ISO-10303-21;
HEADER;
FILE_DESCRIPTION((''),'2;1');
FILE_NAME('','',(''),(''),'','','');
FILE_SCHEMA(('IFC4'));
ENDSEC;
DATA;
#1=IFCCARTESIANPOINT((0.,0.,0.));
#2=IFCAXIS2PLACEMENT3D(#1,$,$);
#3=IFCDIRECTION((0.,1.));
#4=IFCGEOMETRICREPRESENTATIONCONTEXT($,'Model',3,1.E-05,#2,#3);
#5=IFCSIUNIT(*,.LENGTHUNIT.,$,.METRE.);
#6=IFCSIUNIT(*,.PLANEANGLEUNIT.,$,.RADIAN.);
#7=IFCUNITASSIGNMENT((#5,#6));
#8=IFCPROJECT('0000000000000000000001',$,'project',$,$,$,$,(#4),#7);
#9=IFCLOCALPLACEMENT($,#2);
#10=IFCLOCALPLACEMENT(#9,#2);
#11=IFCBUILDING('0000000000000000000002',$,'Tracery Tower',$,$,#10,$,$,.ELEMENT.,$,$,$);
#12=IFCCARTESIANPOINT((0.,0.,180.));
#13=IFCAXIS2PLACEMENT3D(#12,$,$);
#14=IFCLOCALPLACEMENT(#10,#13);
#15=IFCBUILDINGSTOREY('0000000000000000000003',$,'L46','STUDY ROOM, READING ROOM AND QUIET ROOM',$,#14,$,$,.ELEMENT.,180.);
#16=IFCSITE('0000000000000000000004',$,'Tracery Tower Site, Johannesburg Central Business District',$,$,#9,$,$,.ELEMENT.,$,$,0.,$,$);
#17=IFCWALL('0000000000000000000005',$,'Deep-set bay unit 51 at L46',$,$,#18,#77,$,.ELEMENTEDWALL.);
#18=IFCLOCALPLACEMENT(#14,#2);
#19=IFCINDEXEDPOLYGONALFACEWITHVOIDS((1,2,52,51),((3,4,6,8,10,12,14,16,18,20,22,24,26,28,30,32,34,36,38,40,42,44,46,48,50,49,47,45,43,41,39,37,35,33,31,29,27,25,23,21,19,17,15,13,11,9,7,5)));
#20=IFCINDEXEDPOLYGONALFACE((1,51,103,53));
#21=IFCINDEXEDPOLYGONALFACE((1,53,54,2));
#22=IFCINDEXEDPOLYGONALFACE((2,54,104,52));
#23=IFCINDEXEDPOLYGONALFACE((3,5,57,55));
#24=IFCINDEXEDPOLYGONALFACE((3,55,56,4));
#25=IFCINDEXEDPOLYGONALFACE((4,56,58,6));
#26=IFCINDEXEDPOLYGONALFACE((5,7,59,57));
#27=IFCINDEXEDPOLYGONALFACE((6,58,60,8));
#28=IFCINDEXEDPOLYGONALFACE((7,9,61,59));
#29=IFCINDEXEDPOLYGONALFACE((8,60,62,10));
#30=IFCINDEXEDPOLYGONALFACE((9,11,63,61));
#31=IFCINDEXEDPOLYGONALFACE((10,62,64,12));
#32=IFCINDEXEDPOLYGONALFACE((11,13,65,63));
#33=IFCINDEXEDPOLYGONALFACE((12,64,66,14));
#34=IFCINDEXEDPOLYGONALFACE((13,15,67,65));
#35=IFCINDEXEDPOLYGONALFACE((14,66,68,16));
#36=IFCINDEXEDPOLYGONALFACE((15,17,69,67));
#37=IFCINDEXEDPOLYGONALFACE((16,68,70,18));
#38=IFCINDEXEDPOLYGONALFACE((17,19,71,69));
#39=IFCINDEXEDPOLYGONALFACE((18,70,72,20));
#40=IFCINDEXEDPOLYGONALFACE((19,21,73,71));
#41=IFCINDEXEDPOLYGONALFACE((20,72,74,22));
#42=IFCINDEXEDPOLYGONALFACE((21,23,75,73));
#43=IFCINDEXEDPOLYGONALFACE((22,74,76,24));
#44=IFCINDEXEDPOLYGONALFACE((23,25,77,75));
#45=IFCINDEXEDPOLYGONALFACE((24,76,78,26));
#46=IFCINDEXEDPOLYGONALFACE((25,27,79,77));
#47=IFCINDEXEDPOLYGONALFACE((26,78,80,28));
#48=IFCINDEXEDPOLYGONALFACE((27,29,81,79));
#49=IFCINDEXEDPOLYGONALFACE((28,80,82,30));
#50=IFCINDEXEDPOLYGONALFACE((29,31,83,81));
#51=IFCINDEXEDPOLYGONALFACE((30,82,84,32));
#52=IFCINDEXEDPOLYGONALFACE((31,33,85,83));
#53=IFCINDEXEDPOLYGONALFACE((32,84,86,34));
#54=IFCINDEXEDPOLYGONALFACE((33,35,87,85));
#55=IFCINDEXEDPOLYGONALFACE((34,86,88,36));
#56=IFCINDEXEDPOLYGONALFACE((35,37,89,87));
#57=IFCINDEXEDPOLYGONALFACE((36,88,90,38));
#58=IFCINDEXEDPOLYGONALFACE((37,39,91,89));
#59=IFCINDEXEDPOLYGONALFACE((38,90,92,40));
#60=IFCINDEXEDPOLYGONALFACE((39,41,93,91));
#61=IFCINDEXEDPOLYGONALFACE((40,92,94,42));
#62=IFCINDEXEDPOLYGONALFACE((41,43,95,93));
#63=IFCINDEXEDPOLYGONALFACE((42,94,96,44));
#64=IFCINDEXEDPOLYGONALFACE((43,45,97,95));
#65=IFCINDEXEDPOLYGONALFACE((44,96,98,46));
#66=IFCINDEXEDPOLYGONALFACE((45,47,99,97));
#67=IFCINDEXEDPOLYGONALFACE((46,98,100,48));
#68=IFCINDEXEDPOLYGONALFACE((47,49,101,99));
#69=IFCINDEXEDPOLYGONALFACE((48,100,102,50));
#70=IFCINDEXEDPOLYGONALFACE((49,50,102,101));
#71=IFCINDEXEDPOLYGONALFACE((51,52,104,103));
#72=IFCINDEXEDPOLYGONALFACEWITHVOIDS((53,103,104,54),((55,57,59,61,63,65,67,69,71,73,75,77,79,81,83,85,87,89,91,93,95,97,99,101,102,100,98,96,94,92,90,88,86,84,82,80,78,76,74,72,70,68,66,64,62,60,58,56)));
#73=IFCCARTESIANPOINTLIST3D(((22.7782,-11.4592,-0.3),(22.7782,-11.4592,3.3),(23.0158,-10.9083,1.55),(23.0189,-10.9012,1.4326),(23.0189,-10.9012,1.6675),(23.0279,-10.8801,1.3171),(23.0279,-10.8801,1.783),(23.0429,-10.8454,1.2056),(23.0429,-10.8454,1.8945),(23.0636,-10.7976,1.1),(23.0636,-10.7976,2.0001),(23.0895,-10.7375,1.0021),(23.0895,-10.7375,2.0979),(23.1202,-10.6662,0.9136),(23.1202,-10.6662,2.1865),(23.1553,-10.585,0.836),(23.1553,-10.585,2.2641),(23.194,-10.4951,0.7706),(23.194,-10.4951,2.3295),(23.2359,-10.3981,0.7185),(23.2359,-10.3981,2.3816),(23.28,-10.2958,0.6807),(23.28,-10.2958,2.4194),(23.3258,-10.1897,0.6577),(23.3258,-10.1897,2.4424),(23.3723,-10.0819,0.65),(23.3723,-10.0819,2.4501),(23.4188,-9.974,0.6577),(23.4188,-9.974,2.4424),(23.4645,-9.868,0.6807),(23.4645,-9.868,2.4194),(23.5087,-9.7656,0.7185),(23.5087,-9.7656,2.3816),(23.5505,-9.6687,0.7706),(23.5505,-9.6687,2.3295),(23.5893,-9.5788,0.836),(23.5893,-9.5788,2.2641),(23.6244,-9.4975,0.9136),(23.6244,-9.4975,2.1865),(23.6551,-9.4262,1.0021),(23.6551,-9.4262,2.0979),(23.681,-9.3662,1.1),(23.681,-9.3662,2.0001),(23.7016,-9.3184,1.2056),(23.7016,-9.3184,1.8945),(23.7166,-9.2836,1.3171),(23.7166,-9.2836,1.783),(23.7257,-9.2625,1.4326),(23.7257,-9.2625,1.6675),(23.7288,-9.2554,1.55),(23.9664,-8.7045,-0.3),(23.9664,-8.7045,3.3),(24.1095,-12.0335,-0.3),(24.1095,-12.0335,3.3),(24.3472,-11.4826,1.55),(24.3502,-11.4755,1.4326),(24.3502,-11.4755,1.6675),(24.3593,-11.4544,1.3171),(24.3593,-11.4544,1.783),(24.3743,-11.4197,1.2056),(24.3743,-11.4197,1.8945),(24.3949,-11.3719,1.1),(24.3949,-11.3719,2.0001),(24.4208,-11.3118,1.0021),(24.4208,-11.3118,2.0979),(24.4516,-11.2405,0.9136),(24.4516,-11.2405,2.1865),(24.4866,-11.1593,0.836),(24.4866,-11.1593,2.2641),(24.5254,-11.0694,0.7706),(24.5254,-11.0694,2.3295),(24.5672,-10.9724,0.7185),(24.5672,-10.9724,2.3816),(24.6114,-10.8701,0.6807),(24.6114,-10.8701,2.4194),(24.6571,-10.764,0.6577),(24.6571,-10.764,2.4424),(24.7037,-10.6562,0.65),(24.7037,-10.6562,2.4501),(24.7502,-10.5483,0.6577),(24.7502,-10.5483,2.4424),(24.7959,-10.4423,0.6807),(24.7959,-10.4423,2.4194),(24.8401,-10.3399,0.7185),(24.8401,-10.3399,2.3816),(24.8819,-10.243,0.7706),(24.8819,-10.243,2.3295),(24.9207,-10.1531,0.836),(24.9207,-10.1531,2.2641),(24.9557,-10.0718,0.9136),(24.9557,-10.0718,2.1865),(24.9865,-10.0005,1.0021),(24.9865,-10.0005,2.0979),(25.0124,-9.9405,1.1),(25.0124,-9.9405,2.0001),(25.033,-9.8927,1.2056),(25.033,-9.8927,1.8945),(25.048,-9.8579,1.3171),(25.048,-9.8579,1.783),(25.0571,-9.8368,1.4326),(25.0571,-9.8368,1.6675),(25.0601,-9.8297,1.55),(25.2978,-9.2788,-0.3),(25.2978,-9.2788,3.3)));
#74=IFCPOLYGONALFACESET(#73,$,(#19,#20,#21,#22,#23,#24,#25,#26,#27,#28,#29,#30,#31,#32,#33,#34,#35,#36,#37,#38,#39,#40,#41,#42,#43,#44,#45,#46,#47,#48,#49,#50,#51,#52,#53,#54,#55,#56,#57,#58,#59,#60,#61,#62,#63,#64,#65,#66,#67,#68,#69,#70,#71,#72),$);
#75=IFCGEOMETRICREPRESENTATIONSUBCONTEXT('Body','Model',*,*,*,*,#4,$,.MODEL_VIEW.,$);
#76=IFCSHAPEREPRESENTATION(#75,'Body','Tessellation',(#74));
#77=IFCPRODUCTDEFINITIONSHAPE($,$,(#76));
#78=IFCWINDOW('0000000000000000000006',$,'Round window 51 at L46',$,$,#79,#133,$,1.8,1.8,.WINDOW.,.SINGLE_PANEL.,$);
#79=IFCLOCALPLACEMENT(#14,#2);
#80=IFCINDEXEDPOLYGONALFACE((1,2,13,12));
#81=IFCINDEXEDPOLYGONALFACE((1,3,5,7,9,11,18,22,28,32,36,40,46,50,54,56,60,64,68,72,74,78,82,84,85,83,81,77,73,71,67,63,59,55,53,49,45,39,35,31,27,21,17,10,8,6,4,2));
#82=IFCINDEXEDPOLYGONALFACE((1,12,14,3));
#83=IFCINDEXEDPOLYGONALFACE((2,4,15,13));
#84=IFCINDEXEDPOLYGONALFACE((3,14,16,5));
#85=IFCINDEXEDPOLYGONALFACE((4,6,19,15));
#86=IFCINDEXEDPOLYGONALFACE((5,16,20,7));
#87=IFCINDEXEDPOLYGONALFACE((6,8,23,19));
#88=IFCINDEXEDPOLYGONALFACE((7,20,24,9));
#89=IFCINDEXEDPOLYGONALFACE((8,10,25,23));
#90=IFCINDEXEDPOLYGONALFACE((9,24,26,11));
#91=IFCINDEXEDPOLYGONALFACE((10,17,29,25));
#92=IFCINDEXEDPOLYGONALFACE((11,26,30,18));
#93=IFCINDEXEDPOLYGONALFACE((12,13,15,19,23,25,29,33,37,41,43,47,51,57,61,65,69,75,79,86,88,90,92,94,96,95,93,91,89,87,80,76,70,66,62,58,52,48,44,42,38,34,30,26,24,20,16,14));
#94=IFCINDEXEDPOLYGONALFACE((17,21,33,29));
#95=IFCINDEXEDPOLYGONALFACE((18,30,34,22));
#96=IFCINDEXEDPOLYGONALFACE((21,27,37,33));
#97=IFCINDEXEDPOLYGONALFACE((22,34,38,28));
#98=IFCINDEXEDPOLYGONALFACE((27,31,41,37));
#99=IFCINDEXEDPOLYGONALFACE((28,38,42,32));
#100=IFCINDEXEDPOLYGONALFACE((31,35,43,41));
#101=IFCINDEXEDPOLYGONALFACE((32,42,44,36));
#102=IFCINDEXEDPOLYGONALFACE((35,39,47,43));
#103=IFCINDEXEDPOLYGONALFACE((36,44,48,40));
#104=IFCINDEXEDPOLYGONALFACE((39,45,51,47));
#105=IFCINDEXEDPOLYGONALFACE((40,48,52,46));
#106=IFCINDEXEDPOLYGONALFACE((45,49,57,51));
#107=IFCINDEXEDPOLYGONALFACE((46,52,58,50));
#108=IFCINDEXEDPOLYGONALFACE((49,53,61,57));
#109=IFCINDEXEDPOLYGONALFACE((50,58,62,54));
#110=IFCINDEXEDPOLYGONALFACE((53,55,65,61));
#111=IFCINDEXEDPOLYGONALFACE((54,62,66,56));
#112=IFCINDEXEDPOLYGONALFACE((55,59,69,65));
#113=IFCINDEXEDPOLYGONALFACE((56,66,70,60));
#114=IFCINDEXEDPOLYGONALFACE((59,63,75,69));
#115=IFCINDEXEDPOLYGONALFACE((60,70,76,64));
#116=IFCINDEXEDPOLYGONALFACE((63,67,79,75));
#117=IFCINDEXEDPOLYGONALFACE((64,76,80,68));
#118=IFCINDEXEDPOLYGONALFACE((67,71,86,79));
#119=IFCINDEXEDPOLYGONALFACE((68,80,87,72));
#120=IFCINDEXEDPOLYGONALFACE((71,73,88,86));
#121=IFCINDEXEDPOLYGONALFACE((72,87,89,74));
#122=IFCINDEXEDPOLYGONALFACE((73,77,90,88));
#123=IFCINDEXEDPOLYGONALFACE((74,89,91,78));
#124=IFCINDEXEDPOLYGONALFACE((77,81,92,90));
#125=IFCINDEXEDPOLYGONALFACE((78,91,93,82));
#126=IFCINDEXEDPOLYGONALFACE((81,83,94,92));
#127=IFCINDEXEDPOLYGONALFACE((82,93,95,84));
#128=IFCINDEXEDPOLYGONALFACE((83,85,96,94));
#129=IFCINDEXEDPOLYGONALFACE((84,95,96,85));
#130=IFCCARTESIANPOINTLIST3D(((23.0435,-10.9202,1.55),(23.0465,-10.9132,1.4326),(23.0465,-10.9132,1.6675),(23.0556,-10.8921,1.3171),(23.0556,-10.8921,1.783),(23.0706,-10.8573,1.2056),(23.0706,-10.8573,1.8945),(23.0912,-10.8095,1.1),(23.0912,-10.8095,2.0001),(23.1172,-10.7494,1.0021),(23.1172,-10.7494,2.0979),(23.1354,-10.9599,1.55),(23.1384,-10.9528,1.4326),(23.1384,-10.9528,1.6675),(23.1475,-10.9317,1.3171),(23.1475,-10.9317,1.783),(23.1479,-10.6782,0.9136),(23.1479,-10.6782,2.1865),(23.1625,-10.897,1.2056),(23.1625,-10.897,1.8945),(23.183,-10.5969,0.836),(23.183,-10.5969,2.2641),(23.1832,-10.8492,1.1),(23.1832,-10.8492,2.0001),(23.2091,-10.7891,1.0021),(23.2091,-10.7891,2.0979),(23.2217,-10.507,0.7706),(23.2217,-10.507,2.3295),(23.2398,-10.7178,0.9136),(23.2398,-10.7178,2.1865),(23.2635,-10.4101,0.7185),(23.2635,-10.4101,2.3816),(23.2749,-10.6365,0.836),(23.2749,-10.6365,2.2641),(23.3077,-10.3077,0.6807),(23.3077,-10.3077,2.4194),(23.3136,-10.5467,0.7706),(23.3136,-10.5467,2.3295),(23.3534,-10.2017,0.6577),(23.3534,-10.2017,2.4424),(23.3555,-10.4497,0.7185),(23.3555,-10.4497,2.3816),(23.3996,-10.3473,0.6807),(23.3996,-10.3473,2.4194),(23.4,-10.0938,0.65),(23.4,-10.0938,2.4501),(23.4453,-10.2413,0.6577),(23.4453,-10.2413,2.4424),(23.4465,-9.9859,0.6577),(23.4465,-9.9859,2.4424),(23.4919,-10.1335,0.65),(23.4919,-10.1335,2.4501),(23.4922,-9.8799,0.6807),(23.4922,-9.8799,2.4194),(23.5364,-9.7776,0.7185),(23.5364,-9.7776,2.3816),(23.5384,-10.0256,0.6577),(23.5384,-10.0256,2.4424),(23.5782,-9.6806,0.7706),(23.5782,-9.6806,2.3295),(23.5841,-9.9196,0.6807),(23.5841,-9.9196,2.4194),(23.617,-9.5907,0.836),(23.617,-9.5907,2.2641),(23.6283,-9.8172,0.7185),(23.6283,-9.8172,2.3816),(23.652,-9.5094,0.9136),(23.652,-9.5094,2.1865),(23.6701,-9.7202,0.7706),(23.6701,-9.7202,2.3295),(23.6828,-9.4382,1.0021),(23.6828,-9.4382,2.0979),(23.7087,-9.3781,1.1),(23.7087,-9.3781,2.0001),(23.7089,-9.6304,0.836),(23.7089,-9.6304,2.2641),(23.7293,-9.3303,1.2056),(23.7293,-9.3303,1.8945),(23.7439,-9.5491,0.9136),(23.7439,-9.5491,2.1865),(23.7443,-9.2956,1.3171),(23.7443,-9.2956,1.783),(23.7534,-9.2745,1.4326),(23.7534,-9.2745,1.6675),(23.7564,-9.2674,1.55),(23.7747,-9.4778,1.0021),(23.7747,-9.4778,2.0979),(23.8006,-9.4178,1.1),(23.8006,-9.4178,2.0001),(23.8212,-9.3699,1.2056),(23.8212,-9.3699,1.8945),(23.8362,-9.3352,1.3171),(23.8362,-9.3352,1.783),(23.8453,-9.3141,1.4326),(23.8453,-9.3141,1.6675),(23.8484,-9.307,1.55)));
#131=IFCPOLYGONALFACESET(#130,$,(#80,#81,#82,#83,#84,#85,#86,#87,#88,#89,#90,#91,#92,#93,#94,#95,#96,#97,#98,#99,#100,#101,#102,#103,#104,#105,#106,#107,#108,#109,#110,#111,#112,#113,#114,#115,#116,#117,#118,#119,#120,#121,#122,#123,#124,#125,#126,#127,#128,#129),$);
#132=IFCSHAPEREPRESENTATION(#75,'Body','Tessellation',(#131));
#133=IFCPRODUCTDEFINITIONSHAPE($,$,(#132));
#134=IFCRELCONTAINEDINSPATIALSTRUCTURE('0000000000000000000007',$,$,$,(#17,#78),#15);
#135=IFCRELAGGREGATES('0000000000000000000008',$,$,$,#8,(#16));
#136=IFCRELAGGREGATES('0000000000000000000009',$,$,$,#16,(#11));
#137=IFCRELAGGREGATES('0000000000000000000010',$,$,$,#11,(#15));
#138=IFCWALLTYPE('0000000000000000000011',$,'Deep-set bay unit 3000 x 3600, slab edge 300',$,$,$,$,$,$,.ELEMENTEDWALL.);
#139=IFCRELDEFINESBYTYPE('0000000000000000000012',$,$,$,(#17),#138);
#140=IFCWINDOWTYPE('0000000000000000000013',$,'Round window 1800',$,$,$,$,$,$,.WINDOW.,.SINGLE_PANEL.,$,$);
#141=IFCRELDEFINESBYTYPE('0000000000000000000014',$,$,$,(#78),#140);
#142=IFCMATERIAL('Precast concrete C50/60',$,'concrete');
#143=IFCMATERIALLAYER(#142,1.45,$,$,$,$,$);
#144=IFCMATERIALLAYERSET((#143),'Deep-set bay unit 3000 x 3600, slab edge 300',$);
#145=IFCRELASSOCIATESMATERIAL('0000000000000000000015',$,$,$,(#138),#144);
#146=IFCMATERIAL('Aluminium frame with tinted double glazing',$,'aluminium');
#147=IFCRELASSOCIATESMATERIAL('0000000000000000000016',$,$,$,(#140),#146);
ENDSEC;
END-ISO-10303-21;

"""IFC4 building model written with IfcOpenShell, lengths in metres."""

from ifc_helpers import new_model, si_unit, direction, frame, frame_2d, origin, origin_2d, place, context, subcontext, project, spatial, rectangle, circle, extrude, material, layer, layer_set, type_object, element, fill, save


model = new_model("IFC4")

# Units and contexts
model_context = context("Model", 3, precision=1e-05, world=origin(), true_north=direction((0.0, 1.0)))
body_context = subcontext(model_context, "Body", "Model", "MODEL_VIEW")
ifc_project = project(units=[si_unit("LENGTHUNIT", "METRE"), si_unit("PLANEANGLEUNIT", "RADIAN")], contexts=[model_context])

# Site, building, storey
site_placement = place(None, origin())
site = spatial("IfcSite", under=ifc_project, at=site_placement, Name="Tracery Tower Site, Johannesburg Central Business District", CompositionType="ELEMENT", RefElevation=0.0)
building_placement = place(site_placement, origin())
building = spatial("IfcBuilding", under=site, at=building_placement, Name="Tracery Tower", CompositionType="ELEMENT")
storey_placement = place(building_placement, frame((0.0, 0.0, 180.0)))
storey = spatial("IfcBuildingStorey", under=building, at=storey_placement, Name="L46", Description="STUDY ROOM, READING ROOM AND QUIET ROOM", CompositionType="ELEMENT", Elevation=180.0)

# Wall, opening, window
ifc_material_1 = material(Name="Precast concrete C50/60", Category="concrete")
ifc_layer_1 = layer(ifc_material_1, 1.45)
ifc_layer_set_1 = layer_set([ifc_layer_1], Name="Deep-set bay unit 3000 x 3600, slab edge 300")
wall_type_1 = type_object("IfcWallType", Name="Deep-set bay unit 3000 x 3600, slab edge 300", PredefinedType="ELEMENTEDWALL", material=ifc_layer_set_1)
wall_1_placement = place(storey_placement, frame((23.4438, -11.7463, -0.3), z_axis=(0.0, 0.0, 1.0), x_axis=(0.396079, 0.918216, 0.0)))
wall_1 = element("IfcWall", 1, at=wall_1_placement, inside=storey, type_object=wall_type_1, Name="Deep-set bay unit 51 at L46", PredefinedType="ELEMENTEDWALL", context=body_context, shape_type="SweptSolid", body=[
    extrude(rectangle(XDim=3.0, YDim=1.45, at=frame_2d((1.5, 0.0))), origin(), (0.0, 0.0, 1.0), 3.6001),
])
opening_1_placement = place(wall_1_placement, frame((1.5, 0.0, 1.8501)))
opening_1 = element("IfcOpeningElement", 2, at=opening_1_placement, cuts=wall_1, PredefinedType="OPENING", context=body_context, shape_type="SweptSolid", body=[
    extrude(circle(Radius=0.9, at=origin_2d()), frame((0.0, 0.7349, 0.0), z_axis=(0.0, -1.0, 0.0), x_axis=(1.0, 0.0, 0.0)), (0.0, 0.0, 1.0), 1.47),
])
ifc_material_2 = material(Name="Aluminium frame with tinted double glazing", Category="aluminium")
window_type = type_object("IfcWindowType", Name="Round window 1800", PartitioningType="SINGLE_PANEL", PredefinedType="WINDOW", material=ifc_material_2)
window_1_placement = place(opening_1_placement, origin())
window_1 = element("IfcWindow", 3, at=window_1_placement, inside=storey, type_object=window_type, Name="Round window 51 at L46", OverallHeight=1.8, OverallWidth=1.8, PartitioningType="SINGLE_PANEL", PredefinedType="WINDOW", context=body_context, shape_type="SweptSolid", body=[
    extrude(circle(Radius=0.9, at=origin_2d()), frame((0.0, 0.6948, 0.0), z_axis=(0.0, -1.0, 0.0), x_axis=(1.0, 0.0, 0.0)), (0.0, 0.0, 1.0), 0.1001),
])
fill(opening_1, window_1)

save(model, "model.ifc")
